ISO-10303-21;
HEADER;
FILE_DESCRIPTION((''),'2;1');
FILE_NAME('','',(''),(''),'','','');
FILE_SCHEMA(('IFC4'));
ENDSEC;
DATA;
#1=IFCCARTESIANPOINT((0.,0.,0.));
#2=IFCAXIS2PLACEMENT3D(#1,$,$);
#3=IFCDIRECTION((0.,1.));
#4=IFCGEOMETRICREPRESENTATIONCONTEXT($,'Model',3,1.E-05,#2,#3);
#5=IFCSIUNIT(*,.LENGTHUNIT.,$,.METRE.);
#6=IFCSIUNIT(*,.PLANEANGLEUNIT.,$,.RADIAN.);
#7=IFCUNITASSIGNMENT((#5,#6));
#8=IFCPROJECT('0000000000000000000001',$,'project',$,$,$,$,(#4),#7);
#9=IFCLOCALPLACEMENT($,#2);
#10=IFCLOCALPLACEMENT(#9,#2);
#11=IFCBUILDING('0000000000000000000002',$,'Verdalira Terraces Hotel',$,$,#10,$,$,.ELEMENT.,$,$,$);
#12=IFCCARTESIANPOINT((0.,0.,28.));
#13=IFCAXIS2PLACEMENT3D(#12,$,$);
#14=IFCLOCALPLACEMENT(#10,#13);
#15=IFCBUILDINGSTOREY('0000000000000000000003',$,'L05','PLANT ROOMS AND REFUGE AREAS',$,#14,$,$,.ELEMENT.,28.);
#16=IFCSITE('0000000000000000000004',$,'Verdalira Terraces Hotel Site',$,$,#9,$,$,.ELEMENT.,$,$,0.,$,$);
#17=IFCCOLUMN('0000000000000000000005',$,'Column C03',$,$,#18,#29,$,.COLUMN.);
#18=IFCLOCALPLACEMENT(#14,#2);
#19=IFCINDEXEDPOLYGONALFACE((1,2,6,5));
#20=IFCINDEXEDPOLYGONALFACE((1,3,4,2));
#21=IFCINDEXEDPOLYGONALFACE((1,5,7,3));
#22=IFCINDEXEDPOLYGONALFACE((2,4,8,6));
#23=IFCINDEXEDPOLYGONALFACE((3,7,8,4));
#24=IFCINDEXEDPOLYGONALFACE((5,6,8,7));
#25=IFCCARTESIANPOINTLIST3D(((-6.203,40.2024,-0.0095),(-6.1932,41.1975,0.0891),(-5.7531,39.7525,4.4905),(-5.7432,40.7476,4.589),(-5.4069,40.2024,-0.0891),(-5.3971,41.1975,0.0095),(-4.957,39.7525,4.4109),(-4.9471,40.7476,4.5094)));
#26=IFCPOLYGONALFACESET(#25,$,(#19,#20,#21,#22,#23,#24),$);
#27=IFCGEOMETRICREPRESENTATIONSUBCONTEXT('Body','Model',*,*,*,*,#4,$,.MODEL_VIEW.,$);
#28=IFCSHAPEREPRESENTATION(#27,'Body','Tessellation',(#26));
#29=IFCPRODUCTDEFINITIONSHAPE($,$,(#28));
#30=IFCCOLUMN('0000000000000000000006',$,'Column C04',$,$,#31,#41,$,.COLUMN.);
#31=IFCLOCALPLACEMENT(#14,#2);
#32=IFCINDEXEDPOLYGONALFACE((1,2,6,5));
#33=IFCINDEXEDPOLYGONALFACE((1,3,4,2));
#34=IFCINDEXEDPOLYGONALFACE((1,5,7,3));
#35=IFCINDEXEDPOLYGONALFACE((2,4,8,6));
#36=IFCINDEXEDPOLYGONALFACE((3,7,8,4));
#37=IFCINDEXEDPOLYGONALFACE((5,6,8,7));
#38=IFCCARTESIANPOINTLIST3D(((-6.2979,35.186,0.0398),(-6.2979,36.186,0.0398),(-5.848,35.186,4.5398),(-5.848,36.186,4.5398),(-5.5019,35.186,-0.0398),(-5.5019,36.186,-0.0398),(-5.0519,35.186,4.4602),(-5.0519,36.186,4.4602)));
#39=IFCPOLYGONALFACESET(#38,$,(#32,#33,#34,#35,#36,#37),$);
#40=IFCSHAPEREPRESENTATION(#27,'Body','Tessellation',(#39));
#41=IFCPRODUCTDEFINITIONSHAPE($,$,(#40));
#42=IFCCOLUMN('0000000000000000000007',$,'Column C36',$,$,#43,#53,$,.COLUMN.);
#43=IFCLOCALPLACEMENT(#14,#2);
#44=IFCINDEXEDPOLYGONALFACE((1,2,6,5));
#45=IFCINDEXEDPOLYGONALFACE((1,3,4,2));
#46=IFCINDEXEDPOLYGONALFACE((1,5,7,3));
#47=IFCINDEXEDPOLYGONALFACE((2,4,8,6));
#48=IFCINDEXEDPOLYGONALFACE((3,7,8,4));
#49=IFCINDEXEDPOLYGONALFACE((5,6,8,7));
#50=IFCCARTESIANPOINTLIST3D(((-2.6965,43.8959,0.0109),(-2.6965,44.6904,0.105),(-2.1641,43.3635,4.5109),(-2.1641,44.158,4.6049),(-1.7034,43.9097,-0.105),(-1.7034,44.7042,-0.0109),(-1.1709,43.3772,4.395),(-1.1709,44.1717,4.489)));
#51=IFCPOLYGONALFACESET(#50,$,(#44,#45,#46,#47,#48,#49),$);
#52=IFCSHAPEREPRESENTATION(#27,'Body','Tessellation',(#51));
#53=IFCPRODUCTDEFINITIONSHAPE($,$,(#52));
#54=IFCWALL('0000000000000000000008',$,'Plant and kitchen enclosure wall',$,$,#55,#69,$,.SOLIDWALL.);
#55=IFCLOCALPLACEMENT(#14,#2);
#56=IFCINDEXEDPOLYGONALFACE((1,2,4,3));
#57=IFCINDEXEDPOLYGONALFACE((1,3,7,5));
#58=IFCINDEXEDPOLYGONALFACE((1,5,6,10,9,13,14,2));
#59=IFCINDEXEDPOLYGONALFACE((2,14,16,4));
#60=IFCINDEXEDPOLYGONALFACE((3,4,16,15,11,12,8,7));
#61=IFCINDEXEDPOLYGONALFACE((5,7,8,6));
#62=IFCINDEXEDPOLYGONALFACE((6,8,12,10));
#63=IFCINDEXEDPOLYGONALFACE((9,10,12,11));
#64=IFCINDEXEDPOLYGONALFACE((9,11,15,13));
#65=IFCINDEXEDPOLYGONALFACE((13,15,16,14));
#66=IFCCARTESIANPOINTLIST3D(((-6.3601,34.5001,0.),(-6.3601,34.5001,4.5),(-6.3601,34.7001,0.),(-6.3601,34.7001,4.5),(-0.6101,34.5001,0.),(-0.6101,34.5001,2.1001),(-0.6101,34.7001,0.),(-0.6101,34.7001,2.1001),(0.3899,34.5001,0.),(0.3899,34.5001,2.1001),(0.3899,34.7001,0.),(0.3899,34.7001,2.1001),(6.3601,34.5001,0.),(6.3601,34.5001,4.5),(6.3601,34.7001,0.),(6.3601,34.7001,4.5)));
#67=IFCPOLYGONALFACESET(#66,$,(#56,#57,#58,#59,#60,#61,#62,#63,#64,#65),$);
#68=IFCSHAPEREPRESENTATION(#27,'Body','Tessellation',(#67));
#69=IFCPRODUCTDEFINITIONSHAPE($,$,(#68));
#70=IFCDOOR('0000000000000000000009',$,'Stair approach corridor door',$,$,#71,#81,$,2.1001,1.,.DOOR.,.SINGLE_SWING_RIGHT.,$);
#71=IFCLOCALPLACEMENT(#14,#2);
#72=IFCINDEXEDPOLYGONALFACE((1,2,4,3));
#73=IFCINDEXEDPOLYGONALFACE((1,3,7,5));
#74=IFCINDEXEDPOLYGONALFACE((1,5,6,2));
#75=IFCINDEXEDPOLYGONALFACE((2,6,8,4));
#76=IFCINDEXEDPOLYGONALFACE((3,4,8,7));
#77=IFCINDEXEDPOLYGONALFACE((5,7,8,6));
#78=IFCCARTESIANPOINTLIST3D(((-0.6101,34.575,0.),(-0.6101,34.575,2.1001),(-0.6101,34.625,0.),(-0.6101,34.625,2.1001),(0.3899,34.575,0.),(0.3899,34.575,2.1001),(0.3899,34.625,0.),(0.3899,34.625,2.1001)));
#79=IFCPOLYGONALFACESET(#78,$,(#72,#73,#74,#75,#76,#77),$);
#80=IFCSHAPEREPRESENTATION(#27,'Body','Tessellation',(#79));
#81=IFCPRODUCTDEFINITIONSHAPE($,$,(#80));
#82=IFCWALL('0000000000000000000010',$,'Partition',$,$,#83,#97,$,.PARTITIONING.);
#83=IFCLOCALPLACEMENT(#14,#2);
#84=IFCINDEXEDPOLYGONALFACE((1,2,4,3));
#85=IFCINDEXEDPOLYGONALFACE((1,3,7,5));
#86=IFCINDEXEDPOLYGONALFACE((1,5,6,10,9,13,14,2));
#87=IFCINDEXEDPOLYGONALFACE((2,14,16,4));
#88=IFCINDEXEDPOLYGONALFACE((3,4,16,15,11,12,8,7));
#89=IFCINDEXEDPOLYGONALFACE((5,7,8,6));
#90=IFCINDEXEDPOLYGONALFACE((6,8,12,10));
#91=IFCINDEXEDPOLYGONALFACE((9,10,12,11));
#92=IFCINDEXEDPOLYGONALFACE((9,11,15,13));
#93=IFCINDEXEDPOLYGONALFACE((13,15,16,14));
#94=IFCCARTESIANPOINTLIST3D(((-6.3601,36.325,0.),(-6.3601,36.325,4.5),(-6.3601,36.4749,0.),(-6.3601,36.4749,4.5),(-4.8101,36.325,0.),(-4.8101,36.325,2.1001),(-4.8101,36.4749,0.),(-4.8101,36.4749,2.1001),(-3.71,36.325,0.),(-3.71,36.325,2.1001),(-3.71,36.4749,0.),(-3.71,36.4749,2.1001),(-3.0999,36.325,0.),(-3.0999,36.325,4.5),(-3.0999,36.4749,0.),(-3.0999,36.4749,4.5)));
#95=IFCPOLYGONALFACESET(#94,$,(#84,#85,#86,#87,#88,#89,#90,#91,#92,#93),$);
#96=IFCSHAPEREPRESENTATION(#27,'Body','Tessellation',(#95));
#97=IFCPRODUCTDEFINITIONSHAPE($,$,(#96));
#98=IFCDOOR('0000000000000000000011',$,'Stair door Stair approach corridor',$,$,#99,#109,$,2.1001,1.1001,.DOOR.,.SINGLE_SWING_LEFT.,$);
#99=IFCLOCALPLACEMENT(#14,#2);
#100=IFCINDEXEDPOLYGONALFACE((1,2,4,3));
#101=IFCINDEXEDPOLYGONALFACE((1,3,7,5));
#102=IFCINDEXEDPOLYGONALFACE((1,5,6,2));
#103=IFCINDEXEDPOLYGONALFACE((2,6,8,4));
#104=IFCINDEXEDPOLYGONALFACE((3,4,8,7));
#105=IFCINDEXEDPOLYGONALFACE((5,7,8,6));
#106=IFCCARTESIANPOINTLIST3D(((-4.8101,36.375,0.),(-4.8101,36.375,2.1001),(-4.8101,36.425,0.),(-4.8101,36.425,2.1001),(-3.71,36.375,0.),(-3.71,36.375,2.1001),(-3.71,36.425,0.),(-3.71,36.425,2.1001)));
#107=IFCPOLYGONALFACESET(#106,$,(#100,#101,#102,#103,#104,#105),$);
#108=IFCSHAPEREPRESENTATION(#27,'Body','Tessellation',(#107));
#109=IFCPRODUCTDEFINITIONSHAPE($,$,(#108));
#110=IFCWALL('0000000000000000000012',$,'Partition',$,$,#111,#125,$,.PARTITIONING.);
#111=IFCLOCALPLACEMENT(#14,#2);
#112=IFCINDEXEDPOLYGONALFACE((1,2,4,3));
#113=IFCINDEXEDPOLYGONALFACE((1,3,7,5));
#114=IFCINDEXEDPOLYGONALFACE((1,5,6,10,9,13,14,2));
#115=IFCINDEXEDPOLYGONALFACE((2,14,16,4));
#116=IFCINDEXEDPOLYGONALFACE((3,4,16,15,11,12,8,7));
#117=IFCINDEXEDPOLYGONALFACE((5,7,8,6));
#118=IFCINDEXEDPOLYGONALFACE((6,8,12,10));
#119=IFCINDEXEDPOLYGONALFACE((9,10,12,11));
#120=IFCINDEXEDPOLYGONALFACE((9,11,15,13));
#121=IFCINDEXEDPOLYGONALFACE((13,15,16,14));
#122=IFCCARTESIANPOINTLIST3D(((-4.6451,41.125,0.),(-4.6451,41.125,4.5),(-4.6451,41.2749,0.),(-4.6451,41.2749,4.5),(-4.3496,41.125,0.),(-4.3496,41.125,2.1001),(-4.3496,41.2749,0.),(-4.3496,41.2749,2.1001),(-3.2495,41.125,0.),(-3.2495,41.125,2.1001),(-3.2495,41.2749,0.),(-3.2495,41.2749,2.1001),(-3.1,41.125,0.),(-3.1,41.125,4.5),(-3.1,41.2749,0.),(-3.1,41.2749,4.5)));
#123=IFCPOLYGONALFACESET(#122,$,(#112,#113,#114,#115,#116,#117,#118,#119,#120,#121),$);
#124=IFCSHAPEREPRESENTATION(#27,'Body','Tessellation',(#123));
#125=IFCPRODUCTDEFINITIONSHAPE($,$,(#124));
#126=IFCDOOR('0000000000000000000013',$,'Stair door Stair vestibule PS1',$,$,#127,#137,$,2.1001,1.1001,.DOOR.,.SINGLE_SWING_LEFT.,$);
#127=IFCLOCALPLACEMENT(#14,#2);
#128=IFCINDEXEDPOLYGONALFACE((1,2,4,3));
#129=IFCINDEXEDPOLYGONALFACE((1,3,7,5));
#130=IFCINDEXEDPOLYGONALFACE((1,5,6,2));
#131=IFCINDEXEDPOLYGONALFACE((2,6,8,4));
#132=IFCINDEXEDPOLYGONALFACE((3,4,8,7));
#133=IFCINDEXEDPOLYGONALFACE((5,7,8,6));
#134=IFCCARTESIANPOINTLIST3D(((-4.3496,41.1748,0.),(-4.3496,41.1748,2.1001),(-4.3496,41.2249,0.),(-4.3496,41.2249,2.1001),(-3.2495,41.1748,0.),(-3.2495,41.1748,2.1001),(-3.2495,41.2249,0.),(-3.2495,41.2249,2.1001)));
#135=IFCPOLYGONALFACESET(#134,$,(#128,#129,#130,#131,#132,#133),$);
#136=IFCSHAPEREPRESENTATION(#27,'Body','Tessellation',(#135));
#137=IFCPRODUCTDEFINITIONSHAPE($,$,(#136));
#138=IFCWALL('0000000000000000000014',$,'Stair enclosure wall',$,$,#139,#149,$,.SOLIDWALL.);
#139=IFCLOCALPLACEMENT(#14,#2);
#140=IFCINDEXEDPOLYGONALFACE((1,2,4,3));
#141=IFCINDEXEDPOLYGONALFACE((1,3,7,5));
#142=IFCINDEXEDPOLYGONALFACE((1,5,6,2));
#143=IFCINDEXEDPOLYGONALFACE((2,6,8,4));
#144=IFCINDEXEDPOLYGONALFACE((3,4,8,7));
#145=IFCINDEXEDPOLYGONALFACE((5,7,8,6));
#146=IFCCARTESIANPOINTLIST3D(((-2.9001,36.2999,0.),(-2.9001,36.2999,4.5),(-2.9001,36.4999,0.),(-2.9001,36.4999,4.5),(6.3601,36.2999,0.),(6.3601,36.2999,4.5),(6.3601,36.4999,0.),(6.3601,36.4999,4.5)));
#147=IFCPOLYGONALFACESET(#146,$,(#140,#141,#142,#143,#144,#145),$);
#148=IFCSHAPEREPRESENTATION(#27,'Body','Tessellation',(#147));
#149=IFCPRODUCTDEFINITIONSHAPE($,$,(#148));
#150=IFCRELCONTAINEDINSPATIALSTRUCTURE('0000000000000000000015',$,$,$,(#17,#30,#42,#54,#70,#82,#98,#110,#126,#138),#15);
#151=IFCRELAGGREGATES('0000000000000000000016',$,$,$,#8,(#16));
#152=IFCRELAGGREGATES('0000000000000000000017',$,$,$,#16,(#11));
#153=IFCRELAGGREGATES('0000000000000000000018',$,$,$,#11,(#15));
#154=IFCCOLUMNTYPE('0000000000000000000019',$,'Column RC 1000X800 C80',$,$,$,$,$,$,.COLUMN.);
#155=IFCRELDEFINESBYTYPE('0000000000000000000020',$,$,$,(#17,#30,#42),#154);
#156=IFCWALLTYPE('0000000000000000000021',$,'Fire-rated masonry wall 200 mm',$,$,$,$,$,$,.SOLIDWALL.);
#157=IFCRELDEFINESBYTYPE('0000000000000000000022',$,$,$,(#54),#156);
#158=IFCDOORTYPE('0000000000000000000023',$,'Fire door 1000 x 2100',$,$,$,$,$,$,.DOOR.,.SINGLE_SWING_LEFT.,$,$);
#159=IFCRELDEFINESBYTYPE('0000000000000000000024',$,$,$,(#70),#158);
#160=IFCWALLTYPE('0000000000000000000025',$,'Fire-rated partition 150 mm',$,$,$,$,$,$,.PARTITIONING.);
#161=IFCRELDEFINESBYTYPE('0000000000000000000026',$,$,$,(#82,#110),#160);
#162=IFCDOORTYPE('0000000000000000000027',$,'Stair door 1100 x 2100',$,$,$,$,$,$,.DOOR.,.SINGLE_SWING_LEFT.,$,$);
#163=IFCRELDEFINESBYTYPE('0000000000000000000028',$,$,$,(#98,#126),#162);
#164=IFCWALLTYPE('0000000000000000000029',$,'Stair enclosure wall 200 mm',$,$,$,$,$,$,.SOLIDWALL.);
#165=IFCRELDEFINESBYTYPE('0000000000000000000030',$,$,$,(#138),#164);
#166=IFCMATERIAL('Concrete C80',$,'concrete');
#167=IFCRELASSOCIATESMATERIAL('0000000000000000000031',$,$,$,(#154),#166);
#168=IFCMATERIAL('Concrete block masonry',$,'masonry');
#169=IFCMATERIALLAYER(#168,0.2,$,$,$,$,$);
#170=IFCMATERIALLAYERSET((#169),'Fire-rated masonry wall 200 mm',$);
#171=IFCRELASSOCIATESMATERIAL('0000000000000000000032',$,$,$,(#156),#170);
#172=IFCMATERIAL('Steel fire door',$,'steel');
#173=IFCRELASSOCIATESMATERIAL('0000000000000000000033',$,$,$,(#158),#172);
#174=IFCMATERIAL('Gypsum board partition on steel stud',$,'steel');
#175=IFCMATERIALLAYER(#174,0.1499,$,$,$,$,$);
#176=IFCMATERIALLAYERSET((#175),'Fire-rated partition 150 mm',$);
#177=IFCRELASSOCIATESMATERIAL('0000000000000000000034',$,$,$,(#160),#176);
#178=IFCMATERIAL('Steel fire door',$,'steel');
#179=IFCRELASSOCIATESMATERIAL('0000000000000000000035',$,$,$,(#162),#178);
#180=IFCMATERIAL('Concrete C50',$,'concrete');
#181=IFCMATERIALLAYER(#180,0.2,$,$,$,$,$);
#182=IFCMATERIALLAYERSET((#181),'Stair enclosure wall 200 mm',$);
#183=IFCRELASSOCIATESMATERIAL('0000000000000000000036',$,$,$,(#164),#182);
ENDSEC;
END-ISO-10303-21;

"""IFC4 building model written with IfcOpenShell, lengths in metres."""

from ifc_helpers import new_model, si_unit, direction, frame, frame_2d, origin, origin_2d, place, context, subcontext, project, spatial, rectangle, extrude, material, layer, layer_set, material_profile, profile_set, type_object, element, fill, save


model = new_model("IFC4")

# Units and contexts
model_context = context("Model", 3, precision=1e-05, world=origin(), true_north=direction((0.0, 1.0)))
body_context = subcontext(model_context, "Body", "Model", "MODEL_VIEW")
ifc_project = project(units=[si_unit("LENGTHUNIT", "METRE"), si_unit("PLANEANGLEUNIT", "RADIAN")], contexts=[model_context])

# Site, building, storey
site_placement = place(None, origin())
site = spatial("IfcSite", under=ifc_project, at=site_placement, Name="Verdalira Terraces Hotel Site", CompositionType="ELEMENT", RefElevation=0.0)
building_placement = place(site_placement, origin())
building = spatial("IfcBuilding", under=site, at=building_placement, Name="Verdalira Terraces Hotel", CompositionType="ELEMENT")
storey_placement = place(building_placement, frame((0.0, 0.0, 28.0)))
storey = spatial("IfcBuildingStorey", under=building, at=storey_placement, Name="L05", Description="PLANT ROOMS AND REFUGE AREAS", CompositionType="ELEMENT", Elevation=28.0)

# Columns
ifc_material_1 = material(Name="Concrete C80", Category="concrete")
ifc_material_profile = material_profile(ifc_material_1, rectangle(XDim=1.0, YDim=0.8, at=origin_2d()), Name="RC 1000X800")
ifc_profile_set = profile_set([ifc_material_profile], Name="Concrete C80")
column_type = type_object("IfcColumnType", Name="Column RC 1000X800 C80", PredefinedType="COLUMN", material=ifc_profile_set)
column_1_placement = place(storey_placement, frame((-5.8, 40.7, 0.0), z_axis=(0.099004, -0.099004, 0.99015), x_axis=(-0.00985, -0.995087, -0.098513)))
element("IfcColumn", 1, at=column_1_placement, inside=storey, type_object=column_type, Name="Column C03", PredefinedType="COLUMN", context=body_context, shape_type="SweptSolid", body=[
    extrude(rectangle(XDim=1.0, YDim=0.8, at=origin_2d()), origin(), (0.0, 0.0, 1.0), 4.5447),
])
column_2_placement = place(storey_placement, frame((-5.8999, 35.686, 0.0), z_axis=(0.099493, 0.0, 0.995038), x_axis=(0.0, -1.0, 0.0)))
element("IfcColumn", 2, at=column_2_placement, inside=storey, type_object=column_type, Name="Column C04", PredefinedType="COLUMN", context=body_context, shape_type="SweptSolid", body=[
    extrude(rectangle(XDim=1.0, YDim=0.8, at=origin_2d()), origin(), (0.0, 0.0, 1.0), 4.5225),
])
column_3_placement = place(storey_placement, frame((-2.2, 44.3, 0.0), z_axis=(0.116704, -0.116704, 0.986286), x_axis=(-0.993167, -0.013714, 0.115896)))
element("IfcColumn", 3, at=column_3_placement, inside=storey, type_object=column_type, Name="Column C36", PredefinedType="COLUMN", context=body_context, shape_type="SweptSolid", body=[
    extrude(rectangle(XDim=1.0, YDim=0.8, at=origin_2d()), origin(), (0.0, 0.0, 1.0), 4.5625),
])

# Walls, openings, doors
ifc_material_2 = material(Name="Concrete block masonry", Category="masonry")
ifc_layer_1 = layer(ifc_material_2, 0.2)
ifc_layer_set_1 = layer_set([ifc_layer_1], Name="Fire-rated masonry wall 200 mm")
wall_type_1 = type_object("IfcWallType", Name="Fire-rated masonry wall 200 mm", PredefinedType="SOLIDWALL", material=ifc_layer_set_1)
wall_1_placement = place(storey_placement, frame((-6.3601, 34.6001, 0.0), z_axis=(0.0, 0.0, 1.0), x_axis=(1.0, 0.0, 0.0)))
wall_1 = element("IfcWall", 4, at=wall_1_placement, inside=storey, type_object=wall_type_1, Name="Plant and kitchen enclosure wall", PredefinedType="SOLIDWALL", context=body_context, shape_type="SweptSolid", body=[
    extrude(rectangle(XDim=12.7202, YDim=0.2, at=frame_2d((6.3601, 0.0))), origin(), (0.0, 0.0, 1.0), 4.5),
])
opening_1_placement = place(wall_1_placement, frame((5.75, 0.0, 0.0)))
opening_1 = element("IfcOpeningElement", 5, at=opening_1_placement, cuts=wall_1, PredefinedType="OPENING", context=body_context, shape_type="SweptSolid", body=[
    extrude(rectangle(XDim=1.0, YDim=2.1001, at=frame_2d((0.5, 1.05))), frame((0.0, 0.1099, 0.0), z_axis=(0.0, -1.0, 0.0), x_axis=(1.0, 0.0, 0.0)), (0.0, 0.0, 1.0), 0.22),
])
ifc_material_3 = material(Name="Steel fire door", Category="steel")
door_type_1 = type_object("IfcDoorType", Name="Fire door 1000 x 2100", OperationType="SINGLE_SWING_LEFT", PredefinedType="DOOR", material=ifc_material_3)
door_1_placement = place(opening_1_placement, origin())
door_1 = element("IfcDoor", 6, at=door_1_placement, inside=storey, type_object=door_type_1, Name="Stair approach corridor door", OperationType="SINGLE_SWING_RIGHT", OverallHeight=2.1001, OverallWidth=1.0, PredefinedType="DOOR", context=body_context, shape_type="SweptSolid", body=[
    extrude(rectangle(XDim=1.0, YDim=2.1001, at=frame_2d((0.5, 1.05))), frame((0.0, 0.0249, 0.0), z_axis=(0.0, -1.0, 0.0), x_axis=(1.0, 0.0, 0.0)), (0.0, 0.0, 1.0), 0.05),
])
fill(opening_1, door_1)
ifc_material_4 = material(Name="Gypsum board partition on steel stud", Category="steel")
ifc_layer_2 = layer(ifc_material_4, 0.1499)
ifc_layer_set_2 = layer_set([ifc_layer_2], Name="Fire-rated partition 150 mm")
wall_type_2 = type_object("IfcWallType", Name="Fire-rated partition 150 mm", PredefinedType="PARTITIONING", material=ifc_layer_set_2)
wall_2_placement = place(storey_placement, frame((-3.0999, 36.3999, 0.0), z_axis=(0.0, 0.0, 1.0), x_axis=(-1.0, 0.0, 0.0)))
wall_2 = element("IfcWall", 7, at=wall_2_placement, inside=storey, type_object=wall_type_2, Name="Partition", PredefinedType="PARTITIONING", context=body_context, shape_type="SweptSolid", body=[
    extrude(rectangle(XDim=3.2603, YDim=0.1499, at=frame_2d((1.6301, 0.0))), origin(), (0.0, 0.0, 1.0), 4.5),
])
opening_2_placement = place(wall_2_placement, frame((0.6101, 0.0, 0.0)))
opening_2 = element("IfcOpeningElement", 8, at=opening_2_placement, cuts=wall_2, PredefinedType="OPENING", context=body_context, shape_type="SweptSolid", body=[
    extrude(rectangle(XDim=1.1001, YDim=2.1001, at=frame_2d((0.55, 1.05))), frame((0.0, 0.085, 0.0), z_axis=(0.0, -1.0, 0.0), x_axis=(1.0, 0.0, 0.0)), (0.0, 0.0, 1.0), 0.1699),
])
ifc_material_5 = material(Name="Steel fire door", Category="steel")
door_type_2 = type_object("IfcDoorType", Name="Stair door 1100 x 2100", OperationType="SINGLE_SWING_LEFT", PredefinedType="DOOR", material=ifc_material_5)
door_2_placement = place(opening_2_placement, origin())
door_2 = element("IfcDoor", 9, at=door_2_placement, inside=storey, type_object=door_type_2, Name="Stair door Stair approach corridor", OperationType="SINGLE_SWING_LEFT", OverallHeight=2.1001, OverallWidth=1.1001, PredefinedType="DOOR", context=body_context, shape_type="SweptSolid", body=[
    extrude(rectangle(XDim=1.1001, YDim=2.1001, at=frame_2d((0.55, 1.05))), frame((0.0, 0.0249, 0.0), z_axis=(0.0, -1.0, 0.0), x_axis=(1.0, 0.0, 0.0)), (0.0, 0.0, 1.0), 0.05),
])
fill(opening_2, door_2)
wall_3_placement = place(storey_placement, frame((-4.645, 41.2, 0.0), z_axis=(0.0, 0.0, 1.0), x_axis=(1.0, 0.0, 0.0)))
wall_3 = element("IfcWall", 10, at=wall_3_placement, inside=storey, type_object=wall_type_2, Name="Partition", PredefinedType="PARTITIONING", context=body_context, shape_type="SweptSolid", body=[
    extrude(rectangle(XDim=1.5452, YDim=0.1499, at=frame_2d((0.7725, 0.0))), origin(), (0.0, 0.0, 1.0), 4.5),
])
opening_3_placement = place(wall_3_placement, frame((0.2954, 0.0, 0.0)))
opening_3 = element("IfcOpeningElement", 11, at=opening_3_placement, cuts=wall_3, PredefinedType="OPENING", context=body_context, shape_type="SweptSolid", body=[
    extrude(rectangle(XDim=1.1001, YDim=2.1001, at=frame_2d((0.55, 1.05))), frame((0.0, 0.085, 0.0), z_axis=(0.0, -1.0, 0.0), x_axis=(1.0, 0.0, 0.0)), (0.0, 0.0, 1.0), 0.1699),
])
door_3_placement = place(opening_3_placement, origin())
door_3 = element("IfcDoor", 12, at=door_3_placement, inside=storey, type_object=door_type_2, Name="Stair door Stair vestibule PS1", OperationType="SINGLE_SWING_LEFT", OverallHeight=2.1001, OverallWidth=1.1001, PredefinedType="DOOR", context=body_context, shape_type="SweptSolid", body=[
    extrude(rectangle(XDim=1.1001, YDim=2.1001, at=frame_2d((0.55, 1.05))), frame((0.0, 0.0249, 0.0), z_axis=(0.0, -1.0, 0.0), x_axis=(1.0, 0.0, 0.0)), (0.0, 0.0, 1.0), 0.05),
])
fill(opening_3, door_3)

# Wall
ifc_material_6 = material(Name="Concrete C50", Category="concrete")
ifc_layer_3 = layer(ifc_material_6, 0.2)
ifc_layer_set_3 = layer_set([ifc_layer_3], Name="Stair enclosure wall 200 mm")
wall_type_3 = type_object("IfcWallType", Name="Stair enclosure wall 200 mm", PredefinedType="SOLIDWALL", material=ifc_layer_set_3)
wall_4_placement = place(storey_placement, frame((-2.9001, 36.3999, 0.0), z_axis=(0.0, 0.0, 1.0), x_axis=(1.0, 0.0, 0.0)))
element("IfcWall", 13, at=wall_4_placement, inside=storey, type_object=wall_type_3, Name="Stair enclosure wall", PredefinedType="SOLIDWALL", context=body_context, shape_type="SweptSolid", body=[
    extrude(rectangle(XDim=9.2603, YDim=0.2, at=frame_2d((4.6301, 0.0))), origin(), (0.0, 0.0, 1.0), 4.5),
])

save(model, "model.ifc")
